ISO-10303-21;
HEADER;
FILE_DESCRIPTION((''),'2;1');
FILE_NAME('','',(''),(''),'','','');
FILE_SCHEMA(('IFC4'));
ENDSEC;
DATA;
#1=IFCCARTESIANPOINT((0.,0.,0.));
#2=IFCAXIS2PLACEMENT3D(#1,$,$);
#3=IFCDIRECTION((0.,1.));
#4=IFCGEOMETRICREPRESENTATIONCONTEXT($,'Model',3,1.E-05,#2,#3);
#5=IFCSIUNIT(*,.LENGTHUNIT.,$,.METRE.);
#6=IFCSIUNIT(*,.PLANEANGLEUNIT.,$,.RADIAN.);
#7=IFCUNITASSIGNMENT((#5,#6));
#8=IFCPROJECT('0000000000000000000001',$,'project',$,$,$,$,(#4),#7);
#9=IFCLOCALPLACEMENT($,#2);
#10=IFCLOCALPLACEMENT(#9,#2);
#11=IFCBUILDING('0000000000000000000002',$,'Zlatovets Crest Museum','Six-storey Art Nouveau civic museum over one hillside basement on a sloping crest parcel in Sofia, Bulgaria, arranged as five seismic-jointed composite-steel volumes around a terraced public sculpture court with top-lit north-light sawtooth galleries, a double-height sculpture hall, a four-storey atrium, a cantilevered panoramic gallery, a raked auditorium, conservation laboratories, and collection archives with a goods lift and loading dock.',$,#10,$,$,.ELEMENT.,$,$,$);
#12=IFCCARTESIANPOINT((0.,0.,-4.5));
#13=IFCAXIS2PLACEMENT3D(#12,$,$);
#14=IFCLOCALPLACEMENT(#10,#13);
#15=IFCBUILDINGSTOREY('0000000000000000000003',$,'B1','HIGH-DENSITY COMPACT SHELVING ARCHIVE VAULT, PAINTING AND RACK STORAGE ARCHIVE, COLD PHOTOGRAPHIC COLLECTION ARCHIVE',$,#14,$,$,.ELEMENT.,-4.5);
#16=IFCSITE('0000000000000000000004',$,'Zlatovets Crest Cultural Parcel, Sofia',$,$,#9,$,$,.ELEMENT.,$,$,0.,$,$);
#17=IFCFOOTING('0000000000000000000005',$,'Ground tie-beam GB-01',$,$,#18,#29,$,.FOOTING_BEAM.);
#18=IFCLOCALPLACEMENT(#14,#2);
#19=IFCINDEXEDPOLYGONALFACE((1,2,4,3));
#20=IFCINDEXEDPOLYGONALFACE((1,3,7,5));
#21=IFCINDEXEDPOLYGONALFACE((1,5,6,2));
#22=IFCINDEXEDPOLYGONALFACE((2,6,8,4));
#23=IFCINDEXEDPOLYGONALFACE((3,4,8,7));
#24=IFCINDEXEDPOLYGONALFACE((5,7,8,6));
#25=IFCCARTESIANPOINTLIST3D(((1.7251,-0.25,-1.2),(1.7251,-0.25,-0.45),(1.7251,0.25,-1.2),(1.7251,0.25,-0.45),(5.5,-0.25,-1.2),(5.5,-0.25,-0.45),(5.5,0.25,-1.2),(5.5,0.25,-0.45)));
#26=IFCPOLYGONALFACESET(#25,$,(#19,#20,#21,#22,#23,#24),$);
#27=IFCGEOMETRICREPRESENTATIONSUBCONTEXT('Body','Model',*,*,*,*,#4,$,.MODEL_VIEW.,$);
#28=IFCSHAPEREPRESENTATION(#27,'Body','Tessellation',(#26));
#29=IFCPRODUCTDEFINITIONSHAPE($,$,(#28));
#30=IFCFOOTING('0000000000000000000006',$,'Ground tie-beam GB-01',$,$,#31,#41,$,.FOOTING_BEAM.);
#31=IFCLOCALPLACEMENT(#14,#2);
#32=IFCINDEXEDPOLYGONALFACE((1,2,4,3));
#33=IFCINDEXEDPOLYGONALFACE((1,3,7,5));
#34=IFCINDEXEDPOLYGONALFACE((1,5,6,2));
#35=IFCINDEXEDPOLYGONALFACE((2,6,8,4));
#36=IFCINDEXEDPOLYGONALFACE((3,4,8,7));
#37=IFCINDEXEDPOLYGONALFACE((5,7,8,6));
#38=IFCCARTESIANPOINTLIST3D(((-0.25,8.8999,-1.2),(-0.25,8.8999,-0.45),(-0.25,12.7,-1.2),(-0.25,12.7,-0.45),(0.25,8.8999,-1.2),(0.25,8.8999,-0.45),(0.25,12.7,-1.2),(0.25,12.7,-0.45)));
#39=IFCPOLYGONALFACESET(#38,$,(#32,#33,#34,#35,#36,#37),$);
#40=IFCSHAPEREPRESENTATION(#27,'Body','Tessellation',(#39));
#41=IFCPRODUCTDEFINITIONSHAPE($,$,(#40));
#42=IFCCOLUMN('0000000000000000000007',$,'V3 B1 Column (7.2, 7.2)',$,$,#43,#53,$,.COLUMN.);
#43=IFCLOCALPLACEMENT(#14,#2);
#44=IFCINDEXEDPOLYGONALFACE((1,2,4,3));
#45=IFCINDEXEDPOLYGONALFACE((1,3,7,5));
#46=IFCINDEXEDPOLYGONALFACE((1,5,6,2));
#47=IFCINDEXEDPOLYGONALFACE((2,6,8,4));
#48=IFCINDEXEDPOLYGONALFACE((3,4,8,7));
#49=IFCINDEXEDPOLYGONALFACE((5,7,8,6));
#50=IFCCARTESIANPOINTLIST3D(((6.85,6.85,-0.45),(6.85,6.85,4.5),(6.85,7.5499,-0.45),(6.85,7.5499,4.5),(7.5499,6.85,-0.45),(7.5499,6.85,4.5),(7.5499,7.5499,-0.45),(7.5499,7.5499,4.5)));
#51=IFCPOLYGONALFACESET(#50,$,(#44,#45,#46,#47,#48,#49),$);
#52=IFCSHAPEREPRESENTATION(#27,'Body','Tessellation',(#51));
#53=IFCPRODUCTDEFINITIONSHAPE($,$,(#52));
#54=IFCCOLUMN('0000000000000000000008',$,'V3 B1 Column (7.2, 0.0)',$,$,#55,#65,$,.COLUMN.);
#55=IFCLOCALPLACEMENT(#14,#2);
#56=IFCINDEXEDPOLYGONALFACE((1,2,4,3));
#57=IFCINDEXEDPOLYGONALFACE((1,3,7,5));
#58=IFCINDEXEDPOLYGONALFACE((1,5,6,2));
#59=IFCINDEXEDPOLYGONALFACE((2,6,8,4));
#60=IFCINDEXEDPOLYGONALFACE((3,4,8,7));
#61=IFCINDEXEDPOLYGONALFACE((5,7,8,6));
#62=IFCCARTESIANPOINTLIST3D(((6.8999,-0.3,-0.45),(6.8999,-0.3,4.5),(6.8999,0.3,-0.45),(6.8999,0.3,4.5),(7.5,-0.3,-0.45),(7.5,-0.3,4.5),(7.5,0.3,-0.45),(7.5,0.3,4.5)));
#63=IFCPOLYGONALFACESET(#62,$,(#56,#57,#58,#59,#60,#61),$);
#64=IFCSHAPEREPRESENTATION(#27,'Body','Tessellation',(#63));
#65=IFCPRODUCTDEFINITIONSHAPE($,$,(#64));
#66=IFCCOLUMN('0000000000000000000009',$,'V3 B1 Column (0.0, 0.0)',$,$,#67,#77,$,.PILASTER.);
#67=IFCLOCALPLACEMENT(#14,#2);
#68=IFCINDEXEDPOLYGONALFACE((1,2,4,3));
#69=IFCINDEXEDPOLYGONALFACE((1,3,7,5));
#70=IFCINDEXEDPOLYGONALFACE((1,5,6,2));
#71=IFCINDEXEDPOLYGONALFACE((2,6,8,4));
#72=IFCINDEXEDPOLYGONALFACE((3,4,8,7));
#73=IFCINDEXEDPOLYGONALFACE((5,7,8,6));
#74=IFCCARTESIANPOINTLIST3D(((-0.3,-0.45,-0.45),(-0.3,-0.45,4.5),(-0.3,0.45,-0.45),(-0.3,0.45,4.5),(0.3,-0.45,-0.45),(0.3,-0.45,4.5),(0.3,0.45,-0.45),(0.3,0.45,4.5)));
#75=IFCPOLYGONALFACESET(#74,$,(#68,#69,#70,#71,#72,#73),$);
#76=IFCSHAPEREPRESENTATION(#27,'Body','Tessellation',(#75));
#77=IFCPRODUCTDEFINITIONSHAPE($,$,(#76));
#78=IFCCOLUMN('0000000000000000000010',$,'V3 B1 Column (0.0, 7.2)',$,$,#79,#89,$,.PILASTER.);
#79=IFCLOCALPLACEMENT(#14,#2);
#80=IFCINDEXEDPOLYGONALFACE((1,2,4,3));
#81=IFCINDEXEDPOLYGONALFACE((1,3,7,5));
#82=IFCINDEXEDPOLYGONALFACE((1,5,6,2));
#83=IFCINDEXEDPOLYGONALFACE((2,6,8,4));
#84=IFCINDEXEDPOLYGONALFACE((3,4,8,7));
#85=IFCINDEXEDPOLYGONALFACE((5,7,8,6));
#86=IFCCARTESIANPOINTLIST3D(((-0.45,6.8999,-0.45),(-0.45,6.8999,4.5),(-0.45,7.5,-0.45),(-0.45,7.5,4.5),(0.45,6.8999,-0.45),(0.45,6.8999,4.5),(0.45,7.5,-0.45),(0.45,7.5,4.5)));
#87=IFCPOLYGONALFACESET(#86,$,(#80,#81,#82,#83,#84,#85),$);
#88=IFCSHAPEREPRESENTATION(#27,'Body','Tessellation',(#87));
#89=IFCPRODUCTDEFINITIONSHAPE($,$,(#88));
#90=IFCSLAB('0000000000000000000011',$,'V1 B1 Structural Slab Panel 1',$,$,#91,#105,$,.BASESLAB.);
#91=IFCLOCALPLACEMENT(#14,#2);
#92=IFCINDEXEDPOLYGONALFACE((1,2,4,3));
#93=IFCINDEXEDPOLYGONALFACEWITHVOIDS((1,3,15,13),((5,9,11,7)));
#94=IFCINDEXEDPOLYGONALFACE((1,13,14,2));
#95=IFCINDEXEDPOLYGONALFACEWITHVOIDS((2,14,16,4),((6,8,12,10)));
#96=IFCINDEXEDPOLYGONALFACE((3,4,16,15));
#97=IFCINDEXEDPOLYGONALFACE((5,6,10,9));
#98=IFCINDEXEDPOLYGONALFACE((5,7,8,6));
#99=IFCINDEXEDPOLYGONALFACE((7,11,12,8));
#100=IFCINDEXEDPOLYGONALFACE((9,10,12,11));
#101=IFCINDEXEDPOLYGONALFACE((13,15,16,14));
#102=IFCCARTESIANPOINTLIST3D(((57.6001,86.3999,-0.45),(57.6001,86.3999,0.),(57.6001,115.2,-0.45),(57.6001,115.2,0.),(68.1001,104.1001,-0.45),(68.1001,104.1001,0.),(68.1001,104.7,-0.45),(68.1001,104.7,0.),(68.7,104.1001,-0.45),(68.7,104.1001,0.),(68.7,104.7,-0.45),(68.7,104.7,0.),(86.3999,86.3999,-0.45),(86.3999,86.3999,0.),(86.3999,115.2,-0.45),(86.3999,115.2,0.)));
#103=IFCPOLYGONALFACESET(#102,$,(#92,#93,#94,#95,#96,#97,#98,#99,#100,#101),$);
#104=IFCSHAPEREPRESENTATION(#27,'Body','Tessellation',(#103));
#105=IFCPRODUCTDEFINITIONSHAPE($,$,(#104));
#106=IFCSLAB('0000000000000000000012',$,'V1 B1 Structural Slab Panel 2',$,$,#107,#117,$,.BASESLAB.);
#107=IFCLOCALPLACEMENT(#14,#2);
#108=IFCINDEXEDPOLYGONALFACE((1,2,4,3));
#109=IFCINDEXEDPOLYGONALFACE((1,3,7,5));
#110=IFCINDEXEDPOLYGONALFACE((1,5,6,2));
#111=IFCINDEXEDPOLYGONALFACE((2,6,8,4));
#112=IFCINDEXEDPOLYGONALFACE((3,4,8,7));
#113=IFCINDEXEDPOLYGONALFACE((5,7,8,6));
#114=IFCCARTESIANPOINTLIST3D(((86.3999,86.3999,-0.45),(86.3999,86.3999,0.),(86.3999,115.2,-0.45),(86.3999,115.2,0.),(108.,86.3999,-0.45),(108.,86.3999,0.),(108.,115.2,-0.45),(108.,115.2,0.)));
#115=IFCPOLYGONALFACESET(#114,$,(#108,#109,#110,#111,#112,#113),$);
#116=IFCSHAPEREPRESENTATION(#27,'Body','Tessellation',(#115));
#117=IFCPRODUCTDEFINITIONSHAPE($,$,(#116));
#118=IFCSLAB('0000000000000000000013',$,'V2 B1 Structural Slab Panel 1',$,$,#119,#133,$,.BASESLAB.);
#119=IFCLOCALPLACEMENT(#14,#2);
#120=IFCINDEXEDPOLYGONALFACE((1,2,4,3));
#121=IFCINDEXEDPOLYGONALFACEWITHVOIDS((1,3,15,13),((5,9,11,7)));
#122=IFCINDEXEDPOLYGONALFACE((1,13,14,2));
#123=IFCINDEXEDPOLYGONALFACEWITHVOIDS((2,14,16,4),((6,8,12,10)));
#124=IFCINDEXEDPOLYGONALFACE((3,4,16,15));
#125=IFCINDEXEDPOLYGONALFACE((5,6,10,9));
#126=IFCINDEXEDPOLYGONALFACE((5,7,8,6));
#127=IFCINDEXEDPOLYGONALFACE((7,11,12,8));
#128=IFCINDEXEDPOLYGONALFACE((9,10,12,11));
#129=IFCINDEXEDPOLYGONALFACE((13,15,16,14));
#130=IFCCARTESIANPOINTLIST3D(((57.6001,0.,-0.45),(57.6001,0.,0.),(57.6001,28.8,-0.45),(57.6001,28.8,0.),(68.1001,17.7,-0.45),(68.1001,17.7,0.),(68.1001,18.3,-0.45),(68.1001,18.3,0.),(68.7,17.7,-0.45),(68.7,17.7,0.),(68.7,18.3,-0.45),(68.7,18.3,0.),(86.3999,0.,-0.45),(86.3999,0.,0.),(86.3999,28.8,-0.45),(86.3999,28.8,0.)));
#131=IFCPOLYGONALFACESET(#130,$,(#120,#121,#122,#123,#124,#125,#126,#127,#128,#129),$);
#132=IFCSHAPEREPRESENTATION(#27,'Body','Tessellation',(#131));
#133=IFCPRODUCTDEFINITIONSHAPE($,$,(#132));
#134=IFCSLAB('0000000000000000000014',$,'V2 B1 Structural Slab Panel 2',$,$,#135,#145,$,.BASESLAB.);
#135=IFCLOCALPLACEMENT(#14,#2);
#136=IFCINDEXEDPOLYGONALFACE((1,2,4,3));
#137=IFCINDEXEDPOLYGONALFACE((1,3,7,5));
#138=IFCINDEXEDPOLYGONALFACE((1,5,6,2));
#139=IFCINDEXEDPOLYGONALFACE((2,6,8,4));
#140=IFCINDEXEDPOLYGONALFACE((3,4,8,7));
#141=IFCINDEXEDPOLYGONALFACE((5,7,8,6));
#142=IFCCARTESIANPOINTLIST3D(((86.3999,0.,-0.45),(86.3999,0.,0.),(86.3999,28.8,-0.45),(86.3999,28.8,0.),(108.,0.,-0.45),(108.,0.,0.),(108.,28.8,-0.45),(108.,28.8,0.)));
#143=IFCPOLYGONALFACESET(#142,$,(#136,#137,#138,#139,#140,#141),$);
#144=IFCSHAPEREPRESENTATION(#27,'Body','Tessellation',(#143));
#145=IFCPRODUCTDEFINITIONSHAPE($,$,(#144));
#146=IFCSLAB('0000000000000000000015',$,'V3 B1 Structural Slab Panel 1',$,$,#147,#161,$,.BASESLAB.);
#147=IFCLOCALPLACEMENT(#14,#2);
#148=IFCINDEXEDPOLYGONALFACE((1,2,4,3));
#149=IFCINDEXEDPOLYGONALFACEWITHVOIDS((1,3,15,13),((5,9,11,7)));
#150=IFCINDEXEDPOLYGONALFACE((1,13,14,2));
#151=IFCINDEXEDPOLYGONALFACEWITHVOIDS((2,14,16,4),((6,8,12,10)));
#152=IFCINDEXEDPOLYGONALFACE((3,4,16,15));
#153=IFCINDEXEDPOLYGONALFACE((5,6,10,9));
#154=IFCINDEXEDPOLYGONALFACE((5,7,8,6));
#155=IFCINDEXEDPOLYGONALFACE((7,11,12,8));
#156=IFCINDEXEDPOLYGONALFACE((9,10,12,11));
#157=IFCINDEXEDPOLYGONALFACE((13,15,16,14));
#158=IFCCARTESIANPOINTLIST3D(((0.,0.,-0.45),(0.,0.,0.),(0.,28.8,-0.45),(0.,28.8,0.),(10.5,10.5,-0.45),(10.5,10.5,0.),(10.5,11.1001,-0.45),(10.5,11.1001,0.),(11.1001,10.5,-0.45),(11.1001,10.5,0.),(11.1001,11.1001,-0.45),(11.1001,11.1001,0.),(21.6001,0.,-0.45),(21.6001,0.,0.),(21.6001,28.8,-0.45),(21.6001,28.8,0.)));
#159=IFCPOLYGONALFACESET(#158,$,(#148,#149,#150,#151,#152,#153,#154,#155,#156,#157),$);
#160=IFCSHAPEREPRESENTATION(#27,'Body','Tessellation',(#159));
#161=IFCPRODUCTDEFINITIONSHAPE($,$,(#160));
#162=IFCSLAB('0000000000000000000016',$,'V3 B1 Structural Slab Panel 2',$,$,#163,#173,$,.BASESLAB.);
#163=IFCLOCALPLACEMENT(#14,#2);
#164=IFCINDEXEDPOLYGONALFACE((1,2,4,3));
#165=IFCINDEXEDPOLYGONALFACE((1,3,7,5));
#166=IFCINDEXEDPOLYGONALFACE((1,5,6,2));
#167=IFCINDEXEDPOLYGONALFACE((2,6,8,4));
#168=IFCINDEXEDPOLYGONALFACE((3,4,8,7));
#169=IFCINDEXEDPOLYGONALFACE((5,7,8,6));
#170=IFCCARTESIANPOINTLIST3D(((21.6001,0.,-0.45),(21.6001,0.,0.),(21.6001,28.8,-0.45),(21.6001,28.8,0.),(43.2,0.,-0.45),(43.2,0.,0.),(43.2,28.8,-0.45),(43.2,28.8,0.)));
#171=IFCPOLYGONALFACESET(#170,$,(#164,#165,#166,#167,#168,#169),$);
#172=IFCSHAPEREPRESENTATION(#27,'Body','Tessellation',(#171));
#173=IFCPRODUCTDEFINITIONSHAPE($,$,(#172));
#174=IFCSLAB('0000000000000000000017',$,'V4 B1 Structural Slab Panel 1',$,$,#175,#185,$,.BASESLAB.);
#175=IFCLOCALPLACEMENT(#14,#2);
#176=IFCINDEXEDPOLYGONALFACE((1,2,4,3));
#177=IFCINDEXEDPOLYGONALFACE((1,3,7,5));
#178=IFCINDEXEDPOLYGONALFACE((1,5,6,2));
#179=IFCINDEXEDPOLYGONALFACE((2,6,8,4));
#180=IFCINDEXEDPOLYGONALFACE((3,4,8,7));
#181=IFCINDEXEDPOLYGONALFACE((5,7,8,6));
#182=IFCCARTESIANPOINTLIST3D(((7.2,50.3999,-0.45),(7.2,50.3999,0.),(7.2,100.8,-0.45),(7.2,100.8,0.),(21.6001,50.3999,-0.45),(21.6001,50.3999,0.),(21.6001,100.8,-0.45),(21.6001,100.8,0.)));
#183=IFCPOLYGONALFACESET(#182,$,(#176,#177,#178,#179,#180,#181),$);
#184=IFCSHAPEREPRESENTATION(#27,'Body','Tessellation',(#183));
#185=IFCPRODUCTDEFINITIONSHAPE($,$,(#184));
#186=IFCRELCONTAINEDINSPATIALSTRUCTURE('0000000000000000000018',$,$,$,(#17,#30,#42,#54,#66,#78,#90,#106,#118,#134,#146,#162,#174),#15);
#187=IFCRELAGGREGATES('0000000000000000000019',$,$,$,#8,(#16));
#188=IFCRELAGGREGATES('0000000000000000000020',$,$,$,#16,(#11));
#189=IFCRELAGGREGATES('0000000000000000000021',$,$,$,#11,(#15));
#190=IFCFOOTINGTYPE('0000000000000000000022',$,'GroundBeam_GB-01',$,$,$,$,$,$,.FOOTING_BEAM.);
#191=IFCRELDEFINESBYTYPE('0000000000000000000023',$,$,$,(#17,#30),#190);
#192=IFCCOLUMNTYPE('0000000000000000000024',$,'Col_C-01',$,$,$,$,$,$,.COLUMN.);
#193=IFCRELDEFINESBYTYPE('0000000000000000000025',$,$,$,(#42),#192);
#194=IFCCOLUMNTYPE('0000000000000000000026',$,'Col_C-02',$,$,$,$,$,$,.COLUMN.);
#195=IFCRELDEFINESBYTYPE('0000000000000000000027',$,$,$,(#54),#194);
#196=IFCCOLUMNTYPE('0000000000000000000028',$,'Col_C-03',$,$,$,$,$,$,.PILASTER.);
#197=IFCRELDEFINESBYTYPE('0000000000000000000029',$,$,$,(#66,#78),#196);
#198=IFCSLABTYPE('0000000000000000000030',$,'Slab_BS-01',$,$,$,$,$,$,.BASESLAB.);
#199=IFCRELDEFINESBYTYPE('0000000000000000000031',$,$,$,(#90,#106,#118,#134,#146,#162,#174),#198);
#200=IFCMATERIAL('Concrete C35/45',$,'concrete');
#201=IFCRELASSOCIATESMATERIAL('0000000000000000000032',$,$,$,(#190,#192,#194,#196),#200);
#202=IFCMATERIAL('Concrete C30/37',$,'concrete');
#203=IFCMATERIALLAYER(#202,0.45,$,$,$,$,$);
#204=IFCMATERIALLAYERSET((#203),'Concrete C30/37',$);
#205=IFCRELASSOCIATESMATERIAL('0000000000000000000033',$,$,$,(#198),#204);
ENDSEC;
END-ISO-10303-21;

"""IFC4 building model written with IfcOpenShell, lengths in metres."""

from ifc_helpers import new_model, si_unit, direction, frame, origin, origin_2d, place, context, subcontext, project, spatial, polyline, rectangle, outline, extrude, material, layer, layer_set, material_profile, profile_set, type_object, element, save


model = new_model("IFC4")

# Units and contexts
model_context = context("Model", 3, precision=1e-05, world=origin(), true_north=direction((0.0, 1.0)))
body_context = subcontext(model_context, "Body", "Model", "MODEL_VIEW")
ifc_project = project(units=[si_unit("LENGTHUNIT", "METRE"), si_unit("PLANEANGLEUNIT", "RADIAN")], contexts=[model_context])

# Site, building, storey
site_placement = place(None, origin())
site = spatial("IfcSite", under=ifc_project, at=site_placement, Name="Zlatovets Crest Cultural Parcel, Sofia", CompositionType="ELEMENT", RefElevation=0.0)
building_placement = place(site_placement, origin())
building = spatial("IfcBuilding", under=site, at=building_placement, Name="Zlatovets Crest Museum", Description="Six-storey Art Nouveau civic museum over one hillside basement on a sloping crest parcel in Sofia, Bulgaria, arranged as five seismic-jointed composite-steel volumes around a terraced public sculpture court with top-lit north-light sawtooth galleries, a double-height sculpture hall, a four-storey atrium, a cantilevered panoramic gallery, a raked auditorium, conservation laboratories, and collection archives with a goods lift and loading dock.", CompositionType="ELEMENT")
storey_placement = place(building_placement, frame((0.0, 0.0, -4.5)))
storey = spatial("IfcBuildingStorey", under=building, at=storey_placement, Name="B1", Description="HIGH-DENSITY COMPACT SHELVING ARCHIVE VAULT, PAINTING AND RACK STORAGE ARCHIVE, COLD PHOTOGRAPHIC COLLECTION ARCHIVE", CompositionType="ELEMENT", Elevation=-4.5)

# Footings
ifc_material_1 = material(Name="Concrete C35/45", Category="concrete")
ifc_material_profile_1 = material_profile(ifc_material_1, rectangle(XDim=0.5, YDim=0.75, at=origin_2d()), Name="RC 500x750")
ifc_profile_set_1 = profile_set([ifc_material_profile_1], Name="Concrete C35/45")
footing_type = type_object("IfcFootingType", Name="GroundBeam_GB-01", PredefinedType="FOOTING_BEAM", material=ifc_profile_set_1)
footing_1_placement = place(storey_placement, frame((1.7251, 0.0, -0.825), z_axis=(1.0, 0.0, 0.0), x_axis=(0.0, 1.0, 0.0)))
element("IfcFooting", 1, at=footing_1_placement, inside=storey, type_object=footing_type, Name="Ground tie-beam GB-01", PredefinedType="FOOTING_BEAM", context=body_context, shape_type="SweptSolid", body=[
    extrude(rectangle(XDim=0.5, YDim=0.75, at=origin_2d()), origin(), (0.0, 0.0, 1.0), 3.7749),
])
footing_2_placement = place(storey_placement, frame((0.0, 8.8999, -0.825), z_axis=(0.0, 1.0, 0.0), x_axis=(-1.0, 0.0, 0.0)))
element("IfcFooting", 2, at=footing_2_placement, inside=storey, type_object=footing_type, Name="Ground tie-beam GB-01", PredefinedType="FOOTING_BEAM", context=body_context, shape_type="SweptSolid", body=[
    extrude(rectangle(XDim=0.5, YDim=0.75, at=origin_2d()), origin(), (0.0, 0.0, 1.0), 3.8),
])

# Columns
ifc_material_profile_2 = material_profile(ifc_material_1, rectangle(XDim=0.7, YDim=0.7, at=origin_2d()), Name="RC 700x700")
ifc_profile_set_2 = profile_set([ifc_material_profile_2], Name="Concrete C35/45")
column_type_1 = type_object("IfcColumnType", Name="Col_C-01", PredefinedType="COLUMN", material=ifc_profile_set_2)
column_1_placement = place(storey_placement, frame((7.2, 7.2, -0.45), z_axis=(0.0, 0.0, 1.0), x_axis=(1.0, 0.0, 0.0)))
element("IfcColumn", 3, at=column_1_placement, inside=storey, type_object=column_type_1, Name="V3 B1 Column (7.2, 7.2)", PredefinedType="COLUMN", context=body_context, shape_type="SweptSolid", body=[
    extrude(rectangle(XDim=0.7, YDim=0.7, at=origin_2d()), origin(), (0.0, 0.0, 1.0), 4.95),
])
ifc_material_profile_3 = material_profile(ifc_material_1, rectangle(XDim=0.6001, YDim=0.6001, at=origin_2d()), Name="RC 600x600")
ifc_profile_set_3 = profile_set([ifc_material_profile_3], Name="Concrete C35/45")
column_type_2 = type_object("IfcColumnType", Name="Col_C-02", PredefinedType="COLUMN", material=ifc_profile_set_3)
column_2_placement = place(storey_placement, frame((7.2, 0.0, -0.45), z_axis=(0.0, 0.0, 1.0), x_axis=(0.0, 1.0, 0.0)))
element("IfcColumn", 4, at=column_2_placement, inside=storey, type_object=column_type_2, Name="V3 B1 Column (7.2, 0.0)", PredefinedType="COLUMN", context=body_context, shape_type="SweptSolid", body=[
    extrude(rectangle(XDim=0.6001, YDim=0.6001, at=origin_2d()), origin(), (0.0, 0.0, 1.0), 4.95),
])
ifc_material_profile_4 = material_profile(ifc_material_1, rectangle(XDim=0.6001, YDim=0.8999, at=origin_2d()), Name="RC 600x900")
ifc_profile_set_4 = profile_set([ifc_material_profile_4], Name="Concrete C35/45")
column_type_3 = type_object("IfcColumnType", Name="Col_C-03", PredefinedType="PILASTER", material=ifc_profile_set_4)
for number, where, z_axis, x_axis, name in (
    (5, (0.0, 0.0, -0.45), (0.0, 0.0, 1.0), (1.0, 0.0, 0.0), "V3 B1 Column (0.0, 0.0)"),
    (6, (0.0, 7.2, -0.45), (0.0, 0.0, 1.0), (0.0, 1.0, 0.0), "V3 B1 Column (0.0, 7.2)"),
):
    element("IfcColumn", number, at=place(storey_placement, frame(where, z_axis=z_axis, x_axis=x_axis)), inside=storey, type_object=column_type_3, Name=name, PredefinedType="PILASTER", context=body_context, shape_type="SweptSolid", body=[
        extrude(rectangle(XDim=0.6001, YDim=0.8999, at=origin_2d()), origin(), (0.0, 0.0, 1.0), 4.95),
    ])

# Slabs
ifc_material_2 = material(Name="Concrete C30/37", Category="concrete")
ifc_layer_1 = layer(ifc_material_2, 0.45)
ifc_layer_set_1 = layer_set([ifc_layer_1], Name="Concrete C30/37")
slab_type_1 = type_object("IfcSlabType", Name="Slab_BS-01", PredefinedType="BASESLAB", material=ifc_layer_set_1)
slab_1_placement = place(storey_placement, frame((0.0, 0.0, -0.45)))
element("IfcSlab", 7, at=slab_1_placement, inside=storey, type_object=slab_type_1, Name="V1 B1 Structural Slab Panel 1", PredefinedType="BASESLAB", context=body_context, shape_type="SweptSolid", body=[
    extrude(outline(polyline([(57.6001, 115.2), (86.3999, 115.2), (86.3999, 86.3999), (57.6001, 86.3999), (57.6001, 115.2)]), holes=[polyline([(68.1001, 104.7), (68.1001, 104.1001), (68.7, 104.1001), (68.7, 104.7), (68.1001, 104.7)])]), origin(), (0.0, 0.0, 1.0), 0.45),
])
slab_2_placement = place(storey_placement, frame((0.0, 0.0, -0.45)))
element("IfcSlab", 8, at=slab_2_placement, inside=storey, type_object=slab_type_1, Name="V1 B1 Structural Slab Panel 2", PredefinedType="BASESLAB", context=body_context, shape_type="SweptSolid", body=[
    extrude(outline(polyline([(108.0, 115.2), (108.0, 86.3999), (86.3999, 86.3999), (86.3999, 115.2), (108.0, 115.2)])), origin(), (0.0, 0.0, 1.0), 0.45),
])
slab_3_placement = place(storey_placement, frame((0.0, 0.0, -0.45)))
element("IfcSlab", 9, at=slab_3_placement, inside=storey, type_object=slab_type_1, Name="V2 B1 Structural Slab Panel 1", PredefinedType="BASESLAB", context=body_context, shape_type="SweptSolid", body=[
    extrude(outline(polyline([(57.6001, 28.8), (86.3999, 28.8), (86.3999, 0.0), (57.6001, 0.0), (57.6001, 28.8)]), holes=[polyline([(68.1001, 18.3), (68.1001, 17.7), (68.7, 17.7), (68.7, 18.3), (68.1001, 18.3)])]), origin(), (0.0, 0.0, 1.0), 0.45),
])
slab_4_placement = place(storey_placement, frame((0.0, 0.0, -0.45)))
element("IfcSlab", 10, at=slab_4_placement, inside=storey, type_object=slab_type_1, Name="V2 B1 Structural Slab Panel 2", PredefinedType="BASESLAB", context=body_context, shape_type="SweptSolid", body=[
    extrude(outline(polyline([(108.0, 28.8), (108.0, 0.0), (86.3999, 0.0), (86.3999, 28.8), (108.0, 28.8)])), origin(), (0.0, 0.0, 1.0), 0.45),
])
slab_5_placement = place(storey_placement, frame((0.0, 0.0, -0.45)))
element("IfcSlab", 11, at=slab_5_placement, inside=storey, type_object=slab_type_1, Name="V3 B1 Structural Slab Panel 1", PredefinedType="BASESLAB", context=body_context, shape_type="SweptSolid", body=[
    extrude(outline(polyline([(0.0, 28.8), (21.6001, 28.8), (21.6001, 0.0), (0.0, 0.0), (0.0, 28.8)]), holes=[polyline([(10.5, 11.1001), (10.5, 10.5), (11.1001, 10.5), (11.1001, 11.1001), (10.5, 11.1001)])]), origin(), (0.0, 0.0, 1.0), 0.45),
])
slab_6_placement = place(storey_placement, frame((0.0, 0.0, -0.45)))
element("IfcSlab", 12, at=slab_6_placement, inside=storey, type_object=slab_type_1, Name="V3 B1 Structural Slab Panel 2", PredefinedType="BASESLAB", context=body_context, shape_type="SweptSolid", body=[
    extrude(outline(polyline([(43.2, 28.8), (43.2, 0.0), (21.6001, 0.0), (21.6001, 28.8), (43.2, 28.8)])), origin(), (0.0, 0.0, 1.0), 0.45),
])
slab_7_placement = place(storey_placement, frame((0.0, 0.0, -0.45)))
element("IfcSlab", 13, at=slab_7_placement, inside=storey, type_object=slab_type_1, Name="V4 B1 Structural Slab Panel 1", PredefinedType="BASESLAB", context=body_context, shape_type="SweptSolid", body=[
    extrude(outline(polyline([(7.2, 50.3999), (7.2, 100.8), (21.6001, 100.8), (21.6001, 50.3999), (7.2, 50.3999)])), origin(), (0.0, 0.0, 1.0), 0.45),
])

save(model, "model.ifc")
